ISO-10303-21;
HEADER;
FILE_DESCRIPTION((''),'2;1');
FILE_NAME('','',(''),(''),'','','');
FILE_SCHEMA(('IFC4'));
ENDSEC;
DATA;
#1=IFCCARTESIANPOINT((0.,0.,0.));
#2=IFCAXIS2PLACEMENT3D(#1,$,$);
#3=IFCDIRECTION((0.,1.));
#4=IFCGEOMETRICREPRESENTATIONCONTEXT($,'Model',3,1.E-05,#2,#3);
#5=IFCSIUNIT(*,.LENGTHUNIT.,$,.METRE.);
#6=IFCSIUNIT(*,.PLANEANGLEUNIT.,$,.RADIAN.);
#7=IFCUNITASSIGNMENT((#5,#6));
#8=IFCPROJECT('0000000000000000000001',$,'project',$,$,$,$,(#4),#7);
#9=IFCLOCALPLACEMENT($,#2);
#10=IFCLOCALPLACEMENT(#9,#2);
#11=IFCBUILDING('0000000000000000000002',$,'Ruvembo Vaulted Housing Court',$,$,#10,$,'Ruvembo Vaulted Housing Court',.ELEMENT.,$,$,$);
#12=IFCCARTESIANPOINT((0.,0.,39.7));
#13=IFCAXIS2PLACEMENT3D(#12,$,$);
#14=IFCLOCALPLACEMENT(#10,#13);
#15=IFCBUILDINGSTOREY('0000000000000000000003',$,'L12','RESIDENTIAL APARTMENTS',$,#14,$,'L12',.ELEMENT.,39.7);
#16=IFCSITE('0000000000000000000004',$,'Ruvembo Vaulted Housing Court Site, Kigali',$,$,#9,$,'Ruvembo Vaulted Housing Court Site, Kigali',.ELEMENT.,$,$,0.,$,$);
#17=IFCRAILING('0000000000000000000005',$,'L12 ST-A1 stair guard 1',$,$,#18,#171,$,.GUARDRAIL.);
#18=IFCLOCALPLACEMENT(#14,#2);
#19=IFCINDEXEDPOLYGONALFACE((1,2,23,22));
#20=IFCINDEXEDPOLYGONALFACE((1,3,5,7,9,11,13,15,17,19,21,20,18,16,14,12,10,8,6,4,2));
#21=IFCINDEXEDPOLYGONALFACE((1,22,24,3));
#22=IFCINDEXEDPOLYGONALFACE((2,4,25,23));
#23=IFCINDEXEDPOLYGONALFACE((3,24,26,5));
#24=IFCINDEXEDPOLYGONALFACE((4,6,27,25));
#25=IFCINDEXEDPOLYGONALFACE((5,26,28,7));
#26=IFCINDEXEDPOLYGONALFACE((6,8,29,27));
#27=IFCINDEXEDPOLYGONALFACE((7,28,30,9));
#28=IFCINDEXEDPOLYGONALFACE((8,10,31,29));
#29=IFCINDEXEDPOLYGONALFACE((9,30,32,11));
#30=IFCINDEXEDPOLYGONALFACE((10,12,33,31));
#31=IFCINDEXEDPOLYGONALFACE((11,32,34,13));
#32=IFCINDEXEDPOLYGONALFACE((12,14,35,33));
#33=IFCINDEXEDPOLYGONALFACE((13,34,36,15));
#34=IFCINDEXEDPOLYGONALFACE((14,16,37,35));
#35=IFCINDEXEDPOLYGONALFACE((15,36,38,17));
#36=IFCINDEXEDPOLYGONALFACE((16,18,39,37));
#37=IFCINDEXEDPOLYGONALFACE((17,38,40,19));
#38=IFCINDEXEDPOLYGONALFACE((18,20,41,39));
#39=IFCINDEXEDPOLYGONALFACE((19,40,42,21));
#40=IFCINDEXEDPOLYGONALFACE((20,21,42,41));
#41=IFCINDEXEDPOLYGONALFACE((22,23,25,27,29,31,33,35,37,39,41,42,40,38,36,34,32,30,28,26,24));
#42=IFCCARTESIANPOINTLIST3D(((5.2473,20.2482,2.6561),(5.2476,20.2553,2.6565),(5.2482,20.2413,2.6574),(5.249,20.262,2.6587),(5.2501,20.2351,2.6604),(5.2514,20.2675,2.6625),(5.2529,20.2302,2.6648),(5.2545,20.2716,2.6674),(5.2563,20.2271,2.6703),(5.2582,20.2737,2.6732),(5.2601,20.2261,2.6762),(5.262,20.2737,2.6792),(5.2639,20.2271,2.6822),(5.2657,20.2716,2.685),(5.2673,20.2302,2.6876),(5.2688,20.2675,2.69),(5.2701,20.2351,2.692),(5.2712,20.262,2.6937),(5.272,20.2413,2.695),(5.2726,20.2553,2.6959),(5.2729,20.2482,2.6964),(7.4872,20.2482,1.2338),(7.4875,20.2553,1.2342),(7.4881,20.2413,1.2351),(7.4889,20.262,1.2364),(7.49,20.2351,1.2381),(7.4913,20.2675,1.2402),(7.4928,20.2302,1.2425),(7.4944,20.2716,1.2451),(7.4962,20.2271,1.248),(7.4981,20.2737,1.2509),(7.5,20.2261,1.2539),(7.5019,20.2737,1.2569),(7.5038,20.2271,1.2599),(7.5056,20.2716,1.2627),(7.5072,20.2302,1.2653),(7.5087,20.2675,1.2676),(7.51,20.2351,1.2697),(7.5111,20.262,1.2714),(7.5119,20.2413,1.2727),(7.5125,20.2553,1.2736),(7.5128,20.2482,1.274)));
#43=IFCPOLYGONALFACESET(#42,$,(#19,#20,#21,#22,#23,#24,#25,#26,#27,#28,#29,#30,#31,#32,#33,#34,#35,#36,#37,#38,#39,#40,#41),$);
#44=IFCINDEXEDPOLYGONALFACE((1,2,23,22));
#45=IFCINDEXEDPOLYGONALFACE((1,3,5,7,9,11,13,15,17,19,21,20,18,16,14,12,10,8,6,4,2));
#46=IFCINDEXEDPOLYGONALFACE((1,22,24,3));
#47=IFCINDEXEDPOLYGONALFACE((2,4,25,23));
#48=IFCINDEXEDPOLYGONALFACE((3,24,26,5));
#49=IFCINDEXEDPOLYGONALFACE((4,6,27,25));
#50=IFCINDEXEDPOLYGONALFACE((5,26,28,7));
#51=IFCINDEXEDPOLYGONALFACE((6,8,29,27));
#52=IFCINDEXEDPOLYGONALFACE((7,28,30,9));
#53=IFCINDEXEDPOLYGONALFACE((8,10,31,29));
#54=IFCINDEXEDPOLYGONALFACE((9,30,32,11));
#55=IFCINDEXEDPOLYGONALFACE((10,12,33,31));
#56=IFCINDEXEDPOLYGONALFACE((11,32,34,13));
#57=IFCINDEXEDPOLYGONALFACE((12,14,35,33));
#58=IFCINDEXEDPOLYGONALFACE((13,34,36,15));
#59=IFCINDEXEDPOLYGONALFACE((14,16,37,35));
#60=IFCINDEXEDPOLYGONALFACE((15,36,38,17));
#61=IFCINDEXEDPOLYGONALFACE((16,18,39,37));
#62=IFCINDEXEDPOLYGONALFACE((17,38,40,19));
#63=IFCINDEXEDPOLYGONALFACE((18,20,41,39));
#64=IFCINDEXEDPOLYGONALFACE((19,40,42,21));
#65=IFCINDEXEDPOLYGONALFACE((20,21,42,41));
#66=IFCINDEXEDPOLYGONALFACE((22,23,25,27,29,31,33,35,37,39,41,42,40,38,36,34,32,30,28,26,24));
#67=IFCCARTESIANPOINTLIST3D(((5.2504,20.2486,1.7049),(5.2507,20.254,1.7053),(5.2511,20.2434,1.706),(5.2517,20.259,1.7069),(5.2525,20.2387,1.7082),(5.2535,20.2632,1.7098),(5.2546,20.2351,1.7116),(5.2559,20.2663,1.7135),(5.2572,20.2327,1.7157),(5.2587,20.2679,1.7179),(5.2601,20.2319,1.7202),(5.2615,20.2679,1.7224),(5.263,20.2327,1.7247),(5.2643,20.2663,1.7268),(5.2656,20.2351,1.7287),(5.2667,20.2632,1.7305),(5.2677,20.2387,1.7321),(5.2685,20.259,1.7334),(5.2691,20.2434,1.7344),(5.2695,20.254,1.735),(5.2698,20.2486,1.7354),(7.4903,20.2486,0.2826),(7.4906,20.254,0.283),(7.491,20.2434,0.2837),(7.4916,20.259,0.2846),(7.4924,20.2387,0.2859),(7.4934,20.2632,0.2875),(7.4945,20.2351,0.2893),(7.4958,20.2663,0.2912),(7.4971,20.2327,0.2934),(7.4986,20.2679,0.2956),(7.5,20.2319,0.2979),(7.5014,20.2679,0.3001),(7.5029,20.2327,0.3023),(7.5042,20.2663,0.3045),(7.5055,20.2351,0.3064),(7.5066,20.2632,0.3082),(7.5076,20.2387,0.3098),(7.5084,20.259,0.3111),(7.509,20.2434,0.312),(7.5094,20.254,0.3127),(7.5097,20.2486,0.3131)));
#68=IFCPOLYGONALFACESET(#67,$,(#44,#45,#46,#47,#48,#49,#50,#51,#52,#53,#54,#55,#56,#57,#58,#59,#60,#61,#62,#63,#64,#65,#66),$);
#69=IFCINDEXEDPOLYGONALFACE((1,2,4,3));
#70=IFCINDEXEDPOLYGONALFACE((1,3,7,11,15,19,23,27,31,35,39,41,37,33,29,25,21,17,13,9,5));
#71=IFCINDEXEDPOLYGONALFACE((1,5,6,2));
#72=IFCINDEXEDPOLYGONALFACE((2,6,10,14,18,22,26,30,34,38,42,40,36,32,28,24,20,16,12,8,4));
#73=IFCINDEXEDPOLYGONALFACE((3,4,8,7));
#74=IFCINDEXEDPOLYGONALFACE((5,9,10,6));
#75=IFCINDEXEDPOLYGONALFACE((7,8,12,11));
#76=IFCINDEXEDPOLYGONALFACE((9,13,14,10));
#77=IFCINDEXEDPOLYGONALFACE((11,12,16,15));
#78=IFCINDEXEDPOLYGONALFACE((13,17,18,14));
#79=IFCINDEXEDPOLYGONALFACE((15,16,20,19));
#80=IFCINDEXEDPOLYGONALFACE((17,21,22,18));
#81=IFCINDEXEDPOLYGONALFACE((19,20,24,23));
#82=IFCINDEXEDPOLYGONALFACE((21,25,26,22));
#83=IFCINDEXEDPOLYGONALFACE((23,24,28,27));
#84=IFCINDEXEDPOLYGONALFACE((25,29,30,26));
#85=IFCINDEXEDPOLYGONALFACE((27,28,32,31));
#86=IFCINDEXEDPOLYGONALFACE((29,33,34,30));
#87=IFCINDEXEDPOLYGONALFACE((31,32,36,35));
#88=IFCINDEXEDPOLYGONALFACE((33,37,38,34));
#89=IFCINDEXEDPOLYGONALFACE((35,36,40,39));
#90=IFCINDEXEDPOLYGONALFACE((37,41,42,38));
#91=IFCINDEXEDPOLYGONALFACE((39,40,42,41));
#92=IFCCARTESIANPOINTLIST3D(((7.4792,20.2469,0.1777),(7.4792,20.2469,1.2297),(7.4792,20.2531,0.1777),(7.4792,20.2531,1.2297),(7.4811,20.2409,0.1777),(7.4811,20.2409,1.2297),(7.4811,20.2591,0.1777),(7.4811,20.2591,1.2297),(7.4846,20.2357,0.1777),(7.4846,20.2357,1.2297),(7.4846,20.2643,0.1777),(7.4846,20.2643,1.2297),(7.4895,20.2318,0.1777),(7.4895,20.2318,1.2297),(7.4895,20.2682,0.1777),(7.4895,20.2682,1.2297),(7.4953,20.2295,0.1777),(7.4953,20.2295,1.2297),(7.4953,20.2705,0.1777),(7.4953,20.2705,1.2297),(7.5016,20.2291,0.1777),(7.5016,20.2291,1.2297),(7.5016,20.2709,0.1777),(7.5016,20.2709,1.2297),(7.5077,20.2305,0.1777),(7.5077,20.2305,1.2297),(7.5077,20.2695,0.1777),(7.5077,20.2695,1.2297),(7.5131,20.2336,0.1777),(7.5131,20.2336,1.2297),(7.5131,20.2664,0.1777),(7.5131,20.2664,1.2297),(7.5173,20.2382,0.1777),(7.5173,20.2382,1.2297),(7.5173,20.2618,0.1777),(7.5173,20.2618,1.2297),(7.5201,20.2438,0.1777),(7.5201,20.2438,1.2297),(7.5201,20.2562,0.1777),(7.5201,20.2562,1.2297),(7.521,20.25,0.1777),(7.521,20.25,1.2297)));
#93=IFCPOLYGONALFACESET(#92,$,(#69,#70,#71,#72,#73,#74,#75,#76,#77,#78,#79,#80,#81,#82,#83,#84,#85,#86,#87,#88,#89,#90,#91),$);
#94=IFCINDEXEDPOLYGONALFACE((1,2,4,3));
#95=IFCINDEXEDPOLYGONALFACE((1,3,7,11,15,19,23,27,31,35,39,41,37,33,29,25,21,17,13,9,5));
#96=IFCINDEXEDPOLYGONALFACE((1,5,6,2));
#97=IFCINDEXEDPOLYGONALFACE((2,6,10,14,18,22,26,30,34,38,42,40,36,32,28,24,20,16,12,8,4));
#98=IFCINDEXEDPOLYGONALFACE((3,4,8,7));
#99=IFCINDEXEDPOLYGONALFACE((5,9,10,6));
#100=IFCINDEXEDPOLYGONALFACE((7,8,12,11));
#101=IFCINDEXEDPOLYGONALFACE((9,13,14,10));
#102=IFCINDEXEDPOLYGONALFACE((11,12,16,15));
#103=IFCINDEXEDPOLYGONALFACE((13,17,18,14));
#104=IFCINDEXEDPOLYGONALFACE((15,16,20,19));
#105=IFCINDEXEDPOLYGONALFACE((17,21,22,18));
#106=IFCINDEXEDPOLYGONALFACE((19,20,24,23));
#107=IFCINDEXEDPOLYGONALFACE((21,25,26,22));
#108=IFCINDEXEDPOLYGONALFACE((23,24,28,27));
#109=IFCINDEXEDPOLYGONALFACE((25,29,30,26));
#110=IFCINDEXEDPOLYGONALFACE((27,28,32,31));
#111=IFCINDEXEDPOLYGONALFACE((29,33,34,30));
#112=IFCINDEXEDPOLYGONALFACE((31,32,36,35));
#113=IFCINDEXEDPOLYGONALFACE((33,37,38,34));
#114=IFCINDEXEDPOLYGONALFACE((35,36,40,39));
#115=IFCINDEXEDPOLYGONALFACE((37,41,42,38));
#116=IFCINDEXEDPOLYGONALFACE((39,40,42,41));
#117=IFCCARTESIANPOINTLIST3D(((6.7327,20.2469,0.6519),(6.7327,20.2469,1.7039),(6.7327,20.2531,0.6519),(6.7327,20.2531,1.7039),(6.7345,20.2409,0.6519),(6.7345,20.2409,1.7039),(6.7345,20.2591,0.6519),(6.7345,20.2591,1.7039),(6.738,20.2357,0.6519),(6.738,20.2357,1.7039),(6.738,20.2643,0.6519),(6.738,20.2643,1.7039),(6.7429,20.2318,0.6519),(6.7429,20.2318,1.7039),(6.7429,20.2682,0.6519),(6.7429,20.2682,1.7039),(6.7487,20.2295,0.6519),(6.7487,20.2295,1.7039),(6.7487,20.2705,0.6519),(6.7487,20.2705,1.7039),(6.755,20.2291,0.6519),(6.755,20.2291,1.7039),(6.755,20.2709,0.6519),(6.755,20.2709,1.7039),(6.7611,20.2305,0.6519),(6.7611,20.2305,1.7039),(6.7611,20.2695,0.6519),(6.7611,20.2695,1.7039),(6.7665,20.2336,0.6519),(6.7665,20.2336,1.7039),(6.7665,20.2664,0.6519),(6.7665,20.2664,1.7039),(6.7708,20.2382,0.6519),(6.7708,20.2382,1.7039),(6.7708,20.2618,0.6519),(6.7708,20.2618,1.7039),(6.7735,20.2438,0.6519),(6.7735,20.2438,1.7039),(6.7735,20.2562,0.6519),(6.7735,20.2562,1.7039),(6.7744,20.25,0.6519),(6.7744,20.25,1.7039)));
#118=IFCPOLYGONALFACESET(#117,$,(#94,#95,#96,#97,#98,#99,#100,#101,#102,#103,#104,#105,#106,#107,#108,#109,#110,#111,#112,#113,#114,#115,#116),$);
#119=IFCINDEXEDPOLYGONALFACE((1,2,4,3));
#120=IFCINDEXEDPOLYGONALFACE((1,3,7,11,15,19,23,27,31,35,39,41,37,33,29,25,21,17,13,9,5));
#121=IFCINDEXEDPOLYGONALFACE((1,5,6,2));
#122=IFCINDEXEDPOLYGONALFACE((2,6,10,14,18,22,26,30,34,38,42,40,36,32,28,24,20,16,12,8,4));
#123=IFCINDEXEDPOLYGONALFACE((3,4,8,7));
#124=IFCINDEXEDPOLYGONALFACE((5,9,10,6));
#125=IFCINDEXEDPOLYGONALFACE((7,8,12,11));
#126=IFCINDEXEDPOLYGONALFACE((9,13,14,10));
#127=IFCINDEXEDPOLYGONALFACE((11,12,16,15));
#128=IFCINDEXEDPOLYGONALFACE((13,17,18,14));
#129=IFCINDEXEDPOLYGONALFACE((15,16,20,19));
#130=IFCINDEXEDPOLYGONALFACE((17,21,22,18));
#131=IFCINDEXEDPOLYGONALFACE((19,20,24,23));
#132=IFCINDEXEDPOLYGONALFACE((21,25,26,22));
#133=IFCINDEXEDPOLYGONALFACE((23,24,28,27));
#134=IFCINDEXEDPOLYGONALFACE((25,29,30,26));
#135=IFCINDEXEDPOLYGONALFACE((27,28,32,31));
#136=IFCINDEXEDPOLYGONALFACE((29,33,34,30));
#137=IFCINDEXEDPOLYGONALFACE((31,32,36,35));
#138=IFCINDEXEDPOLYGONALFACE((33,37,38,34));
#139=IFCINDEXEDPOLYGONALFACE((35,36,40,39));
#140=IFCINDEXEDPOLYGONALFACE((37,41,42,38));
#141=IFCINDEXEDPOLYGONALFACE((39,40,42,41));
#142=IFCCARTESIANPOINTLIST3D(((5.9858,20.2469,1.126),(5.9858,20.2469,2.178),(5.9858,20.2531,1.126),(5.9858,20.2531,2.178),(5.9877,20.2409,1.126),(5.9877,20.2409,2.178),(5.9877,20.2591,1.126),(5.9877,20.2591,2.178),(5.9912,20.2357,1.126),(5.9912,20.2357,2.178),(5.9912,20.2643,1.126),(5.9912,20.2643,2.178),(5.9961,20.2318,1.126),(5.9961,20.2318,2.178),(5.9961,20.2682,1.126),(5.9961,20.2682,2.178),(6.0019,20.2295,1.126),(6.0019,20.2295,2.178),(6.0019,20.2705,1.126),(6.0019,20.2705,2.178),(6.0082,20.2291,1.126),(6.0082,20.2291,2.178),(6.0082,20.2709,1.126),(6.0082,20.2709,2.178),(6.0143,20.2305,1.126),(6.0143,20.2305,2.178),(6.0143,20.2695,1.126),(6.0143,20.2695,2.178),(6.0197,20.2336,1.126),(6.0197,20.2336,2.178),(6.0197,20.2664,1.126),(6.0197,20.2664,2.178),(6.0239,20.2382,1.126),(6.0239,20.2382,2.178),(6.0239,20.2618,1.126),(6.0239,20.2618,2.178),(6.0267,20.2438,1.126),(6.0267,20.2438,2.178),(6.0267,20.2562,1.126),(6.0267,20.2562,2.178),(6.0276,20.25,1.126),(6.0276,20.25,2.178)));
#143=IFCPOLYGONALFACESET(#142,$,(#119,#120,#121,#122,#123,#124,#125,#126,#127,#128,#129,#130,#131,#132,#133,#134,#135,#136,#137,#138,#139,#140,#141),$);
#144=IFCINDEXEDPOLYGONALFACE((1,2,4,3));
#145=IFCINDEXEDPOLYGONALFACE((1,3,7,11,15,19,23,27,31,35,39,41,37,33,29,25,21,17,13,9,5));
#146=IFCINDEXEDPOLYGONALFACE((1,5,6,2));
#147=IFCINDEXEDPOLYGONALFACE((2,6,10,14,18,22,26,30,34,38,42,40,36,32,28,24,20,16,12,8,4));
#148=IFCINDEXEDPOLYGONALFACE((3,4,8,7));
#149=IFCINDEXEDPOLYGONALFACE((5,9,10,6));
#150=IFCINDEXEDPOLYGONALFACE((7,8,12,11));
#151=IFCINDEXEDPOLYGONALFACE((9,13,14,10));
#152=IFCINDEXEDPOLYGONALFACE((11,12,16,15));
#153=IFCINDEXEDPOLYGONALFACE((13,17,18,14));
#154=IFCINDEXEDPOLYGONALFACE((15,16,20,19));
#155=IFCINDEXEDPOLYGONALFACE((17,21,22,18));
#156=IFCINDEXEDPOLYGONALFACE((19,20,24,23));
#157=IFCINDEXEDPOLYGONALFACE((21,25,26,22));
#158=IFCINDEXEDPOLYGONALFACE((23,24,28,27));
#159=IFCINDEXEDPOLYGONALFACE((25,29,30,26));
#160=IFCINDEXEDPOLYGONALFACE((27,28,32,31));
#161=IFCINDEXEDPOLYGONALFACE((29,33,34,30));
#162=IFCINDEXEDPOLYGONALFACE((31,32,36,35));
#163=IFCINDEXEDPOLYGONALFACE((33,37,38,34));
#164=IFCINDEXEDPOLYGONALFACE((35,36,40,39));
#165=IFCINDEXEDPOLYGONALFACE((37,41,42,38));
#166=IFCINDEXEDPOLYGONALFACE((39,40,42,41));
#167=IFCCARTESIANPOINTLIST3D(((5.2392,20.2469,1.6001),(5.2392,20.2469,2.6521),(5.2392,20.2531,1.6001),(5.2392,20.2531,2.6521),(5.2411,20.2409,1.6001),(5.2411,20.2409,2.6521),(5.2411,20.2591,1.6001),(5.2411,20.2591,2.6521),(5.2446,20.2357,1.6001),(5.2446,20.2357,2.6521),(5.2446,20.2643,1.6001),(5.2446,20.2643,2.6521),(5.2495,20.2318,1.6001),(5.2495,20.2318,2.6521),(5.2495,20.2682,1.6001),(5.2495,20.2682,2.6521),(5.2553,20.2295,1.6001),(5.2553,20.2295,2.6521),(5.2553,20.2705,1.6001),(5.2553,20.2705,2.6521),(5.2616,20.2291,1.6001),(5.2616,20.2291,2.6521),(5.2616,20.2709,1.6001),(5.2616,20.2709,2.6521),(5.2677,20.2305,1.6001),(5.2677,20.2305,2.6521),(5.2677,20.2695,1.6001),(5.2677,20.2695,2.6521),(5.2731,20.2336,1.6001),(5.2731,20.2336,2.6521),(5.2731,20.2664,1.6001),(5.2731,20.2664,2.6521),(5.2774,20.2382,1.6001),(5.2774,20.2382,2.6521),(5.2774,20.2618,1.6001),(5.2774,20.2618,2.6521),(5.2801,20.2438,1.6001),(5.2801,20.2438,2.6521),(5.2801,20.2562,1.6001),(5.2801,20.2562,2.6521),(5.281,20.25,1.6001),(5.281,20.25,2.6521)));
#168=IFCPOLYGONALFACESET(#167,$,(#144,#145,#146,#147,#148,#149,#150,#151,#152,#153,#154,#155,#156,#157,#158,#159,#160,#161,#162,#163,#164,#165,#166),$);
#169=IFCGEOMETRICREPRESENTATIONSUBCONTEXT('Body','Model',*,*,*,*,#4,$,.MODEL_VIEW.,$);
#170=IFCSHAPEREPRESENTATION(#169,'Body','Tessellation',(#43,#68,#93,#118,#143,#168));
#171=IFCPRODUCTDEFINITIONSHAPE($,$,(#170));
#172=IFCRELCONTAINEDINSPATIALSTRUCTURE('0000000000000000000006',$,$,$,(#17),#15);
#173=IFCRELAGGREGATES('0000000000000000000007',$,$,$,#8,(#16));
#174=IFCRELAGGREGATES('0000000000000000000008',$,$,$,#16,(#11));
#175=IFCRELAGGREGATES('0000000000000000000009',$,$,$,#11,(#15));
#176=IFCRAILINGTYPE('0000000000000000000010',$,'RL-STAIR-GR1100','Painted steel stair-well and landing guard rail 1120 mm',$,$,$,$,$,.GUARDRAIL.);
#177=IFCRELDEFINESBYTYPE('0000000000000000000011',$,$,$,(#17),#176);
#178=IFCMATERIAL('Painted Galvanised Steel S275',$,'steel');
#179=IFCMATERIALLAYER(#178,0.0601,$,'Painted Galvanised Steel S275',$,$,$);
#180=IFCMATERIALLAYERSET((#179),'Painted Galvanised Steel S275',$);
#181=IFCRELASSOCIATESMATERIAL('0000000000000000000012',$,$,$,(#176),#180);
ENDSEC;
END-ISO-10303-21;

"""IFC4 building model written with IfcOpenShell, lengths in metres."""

from ifc_helpers import new_model, si_unit, direction, frame, origin, origin_2d, place, context, subcontext, project, spatial, circle, extrude, material, layer, layer_set, type_object, element, save


model = new_model("IFC4")

# Units and contexts
model_context = context("Model", 3, precision=1e-05, world=origin(), true_north=direction((0.0, 1.0)))
body_context = subcontext(model_context, "Body", "Model", "MODEL_VIEW")
ifc_project = project(units=[si_unit("LENGTHUNIT", "METRE"), si_unit("PLANEANGLEUNIT", "RADIAN")], contexts=[model_context])

# Site, building, storey
site_placement = place(None, origin())
site = spatial("IfcSite", under=ifc_project, at=site_placement, Name="Ruvembo Vaulted Housing Court Site, Kigali", LongName="Ruvembo Vaulted Housing Court Site, Kigali", CompositionType="ELEMENT", RefElevation=0.0)
building_placement = place(site_placement, origin())
building = spatial("IfcBuilding", under=site, at=building_placement, Name="Ruvembo Vaulted Housing Court", LongName="Ruvembo Vaulted Housing Court", CompositionType="ELEMENT")
storey_placement = place(building_placement, frame((0.0, 0.0, 39.7)))
storey = spatial("IfcBuildingStorey", under=building, at=storey_placement, Name="L12", Description="RESIDENTIAL APARTMENTS", LongName="L12", CompositionType="ELEMENT", Elevation=39.7)

# Railing
ifc_material_1 = material(Name="Painted Galvanised Steel S275", Category="steel")
ifc_layer_1 = layer(ifc_material_1, 0.0601, Name="Painted Galvanised Steel S275")
ifc_layer_set_1 = layer_set([ifc_layer_1], Name="Painted Galvanised Steel S275")
railing_type_1 = type_object("IfcRailingType", Name="RL-STAIR-GR1100", Description="Painted steel stair-well and landing guard rail 1120 mm", PredefinedType="GUARDRAIL", material=ifc_layer_set_1)
railing_1_placement = place(storey_placement, frame((7.5, 20.25, 0.1777)))
element("IfcRailing", 1, at=railing_1_placement, inside=storey, type_object=railing_type_1, Name="L12 ST-A1 stair guard 1", PredefinedType="GUARDRAIL", context=body_context, shape_type="SweptSolid", body=[
    extrude(circle(Radius=0.0239, at=origin_2d()), frame((0.0, 0.0, 1.0762), z_axis=(-0.844188, 0.0, 0.536048), x_axis=(0.0, -1.0, 0.0)), (0.0, 0.0, 1.0), 2.6533),
    extrude(circle(Radius=0.0181, at=origin_2d()), frame((0.0, 0.0, 0.1201), z_axis=(-0.844188, 0.0, 0.536048), x_axis=(0.0, -1.0, 0.0)), (0.0, 0.0, 1.0), 2.6533),
    extrude(circle(Radius=0.021, at=origin_2d()), origin(), (0.0, 0.0, 1.0), 1.052),
    extrude(circle(Radius=0.021, at=origin_2d()), frame((-0.7466, 0.0, 0.4741)), (0.0, 0.0, 1.0), 1.052),
    extrude(circle(Radius=0.021, at=origin_2d()), frame((-1.4934, 0.0, 0.9482)), (0.0, 0.0, 1.0), 1.052),
    extrude(circle(Radius=0.021, at=origin_2d()), frame((-2.24, 0.0, 1.4224)), (0.0, 0.0, 1.0), 1.052),
])

save(model, "model.ifc")
